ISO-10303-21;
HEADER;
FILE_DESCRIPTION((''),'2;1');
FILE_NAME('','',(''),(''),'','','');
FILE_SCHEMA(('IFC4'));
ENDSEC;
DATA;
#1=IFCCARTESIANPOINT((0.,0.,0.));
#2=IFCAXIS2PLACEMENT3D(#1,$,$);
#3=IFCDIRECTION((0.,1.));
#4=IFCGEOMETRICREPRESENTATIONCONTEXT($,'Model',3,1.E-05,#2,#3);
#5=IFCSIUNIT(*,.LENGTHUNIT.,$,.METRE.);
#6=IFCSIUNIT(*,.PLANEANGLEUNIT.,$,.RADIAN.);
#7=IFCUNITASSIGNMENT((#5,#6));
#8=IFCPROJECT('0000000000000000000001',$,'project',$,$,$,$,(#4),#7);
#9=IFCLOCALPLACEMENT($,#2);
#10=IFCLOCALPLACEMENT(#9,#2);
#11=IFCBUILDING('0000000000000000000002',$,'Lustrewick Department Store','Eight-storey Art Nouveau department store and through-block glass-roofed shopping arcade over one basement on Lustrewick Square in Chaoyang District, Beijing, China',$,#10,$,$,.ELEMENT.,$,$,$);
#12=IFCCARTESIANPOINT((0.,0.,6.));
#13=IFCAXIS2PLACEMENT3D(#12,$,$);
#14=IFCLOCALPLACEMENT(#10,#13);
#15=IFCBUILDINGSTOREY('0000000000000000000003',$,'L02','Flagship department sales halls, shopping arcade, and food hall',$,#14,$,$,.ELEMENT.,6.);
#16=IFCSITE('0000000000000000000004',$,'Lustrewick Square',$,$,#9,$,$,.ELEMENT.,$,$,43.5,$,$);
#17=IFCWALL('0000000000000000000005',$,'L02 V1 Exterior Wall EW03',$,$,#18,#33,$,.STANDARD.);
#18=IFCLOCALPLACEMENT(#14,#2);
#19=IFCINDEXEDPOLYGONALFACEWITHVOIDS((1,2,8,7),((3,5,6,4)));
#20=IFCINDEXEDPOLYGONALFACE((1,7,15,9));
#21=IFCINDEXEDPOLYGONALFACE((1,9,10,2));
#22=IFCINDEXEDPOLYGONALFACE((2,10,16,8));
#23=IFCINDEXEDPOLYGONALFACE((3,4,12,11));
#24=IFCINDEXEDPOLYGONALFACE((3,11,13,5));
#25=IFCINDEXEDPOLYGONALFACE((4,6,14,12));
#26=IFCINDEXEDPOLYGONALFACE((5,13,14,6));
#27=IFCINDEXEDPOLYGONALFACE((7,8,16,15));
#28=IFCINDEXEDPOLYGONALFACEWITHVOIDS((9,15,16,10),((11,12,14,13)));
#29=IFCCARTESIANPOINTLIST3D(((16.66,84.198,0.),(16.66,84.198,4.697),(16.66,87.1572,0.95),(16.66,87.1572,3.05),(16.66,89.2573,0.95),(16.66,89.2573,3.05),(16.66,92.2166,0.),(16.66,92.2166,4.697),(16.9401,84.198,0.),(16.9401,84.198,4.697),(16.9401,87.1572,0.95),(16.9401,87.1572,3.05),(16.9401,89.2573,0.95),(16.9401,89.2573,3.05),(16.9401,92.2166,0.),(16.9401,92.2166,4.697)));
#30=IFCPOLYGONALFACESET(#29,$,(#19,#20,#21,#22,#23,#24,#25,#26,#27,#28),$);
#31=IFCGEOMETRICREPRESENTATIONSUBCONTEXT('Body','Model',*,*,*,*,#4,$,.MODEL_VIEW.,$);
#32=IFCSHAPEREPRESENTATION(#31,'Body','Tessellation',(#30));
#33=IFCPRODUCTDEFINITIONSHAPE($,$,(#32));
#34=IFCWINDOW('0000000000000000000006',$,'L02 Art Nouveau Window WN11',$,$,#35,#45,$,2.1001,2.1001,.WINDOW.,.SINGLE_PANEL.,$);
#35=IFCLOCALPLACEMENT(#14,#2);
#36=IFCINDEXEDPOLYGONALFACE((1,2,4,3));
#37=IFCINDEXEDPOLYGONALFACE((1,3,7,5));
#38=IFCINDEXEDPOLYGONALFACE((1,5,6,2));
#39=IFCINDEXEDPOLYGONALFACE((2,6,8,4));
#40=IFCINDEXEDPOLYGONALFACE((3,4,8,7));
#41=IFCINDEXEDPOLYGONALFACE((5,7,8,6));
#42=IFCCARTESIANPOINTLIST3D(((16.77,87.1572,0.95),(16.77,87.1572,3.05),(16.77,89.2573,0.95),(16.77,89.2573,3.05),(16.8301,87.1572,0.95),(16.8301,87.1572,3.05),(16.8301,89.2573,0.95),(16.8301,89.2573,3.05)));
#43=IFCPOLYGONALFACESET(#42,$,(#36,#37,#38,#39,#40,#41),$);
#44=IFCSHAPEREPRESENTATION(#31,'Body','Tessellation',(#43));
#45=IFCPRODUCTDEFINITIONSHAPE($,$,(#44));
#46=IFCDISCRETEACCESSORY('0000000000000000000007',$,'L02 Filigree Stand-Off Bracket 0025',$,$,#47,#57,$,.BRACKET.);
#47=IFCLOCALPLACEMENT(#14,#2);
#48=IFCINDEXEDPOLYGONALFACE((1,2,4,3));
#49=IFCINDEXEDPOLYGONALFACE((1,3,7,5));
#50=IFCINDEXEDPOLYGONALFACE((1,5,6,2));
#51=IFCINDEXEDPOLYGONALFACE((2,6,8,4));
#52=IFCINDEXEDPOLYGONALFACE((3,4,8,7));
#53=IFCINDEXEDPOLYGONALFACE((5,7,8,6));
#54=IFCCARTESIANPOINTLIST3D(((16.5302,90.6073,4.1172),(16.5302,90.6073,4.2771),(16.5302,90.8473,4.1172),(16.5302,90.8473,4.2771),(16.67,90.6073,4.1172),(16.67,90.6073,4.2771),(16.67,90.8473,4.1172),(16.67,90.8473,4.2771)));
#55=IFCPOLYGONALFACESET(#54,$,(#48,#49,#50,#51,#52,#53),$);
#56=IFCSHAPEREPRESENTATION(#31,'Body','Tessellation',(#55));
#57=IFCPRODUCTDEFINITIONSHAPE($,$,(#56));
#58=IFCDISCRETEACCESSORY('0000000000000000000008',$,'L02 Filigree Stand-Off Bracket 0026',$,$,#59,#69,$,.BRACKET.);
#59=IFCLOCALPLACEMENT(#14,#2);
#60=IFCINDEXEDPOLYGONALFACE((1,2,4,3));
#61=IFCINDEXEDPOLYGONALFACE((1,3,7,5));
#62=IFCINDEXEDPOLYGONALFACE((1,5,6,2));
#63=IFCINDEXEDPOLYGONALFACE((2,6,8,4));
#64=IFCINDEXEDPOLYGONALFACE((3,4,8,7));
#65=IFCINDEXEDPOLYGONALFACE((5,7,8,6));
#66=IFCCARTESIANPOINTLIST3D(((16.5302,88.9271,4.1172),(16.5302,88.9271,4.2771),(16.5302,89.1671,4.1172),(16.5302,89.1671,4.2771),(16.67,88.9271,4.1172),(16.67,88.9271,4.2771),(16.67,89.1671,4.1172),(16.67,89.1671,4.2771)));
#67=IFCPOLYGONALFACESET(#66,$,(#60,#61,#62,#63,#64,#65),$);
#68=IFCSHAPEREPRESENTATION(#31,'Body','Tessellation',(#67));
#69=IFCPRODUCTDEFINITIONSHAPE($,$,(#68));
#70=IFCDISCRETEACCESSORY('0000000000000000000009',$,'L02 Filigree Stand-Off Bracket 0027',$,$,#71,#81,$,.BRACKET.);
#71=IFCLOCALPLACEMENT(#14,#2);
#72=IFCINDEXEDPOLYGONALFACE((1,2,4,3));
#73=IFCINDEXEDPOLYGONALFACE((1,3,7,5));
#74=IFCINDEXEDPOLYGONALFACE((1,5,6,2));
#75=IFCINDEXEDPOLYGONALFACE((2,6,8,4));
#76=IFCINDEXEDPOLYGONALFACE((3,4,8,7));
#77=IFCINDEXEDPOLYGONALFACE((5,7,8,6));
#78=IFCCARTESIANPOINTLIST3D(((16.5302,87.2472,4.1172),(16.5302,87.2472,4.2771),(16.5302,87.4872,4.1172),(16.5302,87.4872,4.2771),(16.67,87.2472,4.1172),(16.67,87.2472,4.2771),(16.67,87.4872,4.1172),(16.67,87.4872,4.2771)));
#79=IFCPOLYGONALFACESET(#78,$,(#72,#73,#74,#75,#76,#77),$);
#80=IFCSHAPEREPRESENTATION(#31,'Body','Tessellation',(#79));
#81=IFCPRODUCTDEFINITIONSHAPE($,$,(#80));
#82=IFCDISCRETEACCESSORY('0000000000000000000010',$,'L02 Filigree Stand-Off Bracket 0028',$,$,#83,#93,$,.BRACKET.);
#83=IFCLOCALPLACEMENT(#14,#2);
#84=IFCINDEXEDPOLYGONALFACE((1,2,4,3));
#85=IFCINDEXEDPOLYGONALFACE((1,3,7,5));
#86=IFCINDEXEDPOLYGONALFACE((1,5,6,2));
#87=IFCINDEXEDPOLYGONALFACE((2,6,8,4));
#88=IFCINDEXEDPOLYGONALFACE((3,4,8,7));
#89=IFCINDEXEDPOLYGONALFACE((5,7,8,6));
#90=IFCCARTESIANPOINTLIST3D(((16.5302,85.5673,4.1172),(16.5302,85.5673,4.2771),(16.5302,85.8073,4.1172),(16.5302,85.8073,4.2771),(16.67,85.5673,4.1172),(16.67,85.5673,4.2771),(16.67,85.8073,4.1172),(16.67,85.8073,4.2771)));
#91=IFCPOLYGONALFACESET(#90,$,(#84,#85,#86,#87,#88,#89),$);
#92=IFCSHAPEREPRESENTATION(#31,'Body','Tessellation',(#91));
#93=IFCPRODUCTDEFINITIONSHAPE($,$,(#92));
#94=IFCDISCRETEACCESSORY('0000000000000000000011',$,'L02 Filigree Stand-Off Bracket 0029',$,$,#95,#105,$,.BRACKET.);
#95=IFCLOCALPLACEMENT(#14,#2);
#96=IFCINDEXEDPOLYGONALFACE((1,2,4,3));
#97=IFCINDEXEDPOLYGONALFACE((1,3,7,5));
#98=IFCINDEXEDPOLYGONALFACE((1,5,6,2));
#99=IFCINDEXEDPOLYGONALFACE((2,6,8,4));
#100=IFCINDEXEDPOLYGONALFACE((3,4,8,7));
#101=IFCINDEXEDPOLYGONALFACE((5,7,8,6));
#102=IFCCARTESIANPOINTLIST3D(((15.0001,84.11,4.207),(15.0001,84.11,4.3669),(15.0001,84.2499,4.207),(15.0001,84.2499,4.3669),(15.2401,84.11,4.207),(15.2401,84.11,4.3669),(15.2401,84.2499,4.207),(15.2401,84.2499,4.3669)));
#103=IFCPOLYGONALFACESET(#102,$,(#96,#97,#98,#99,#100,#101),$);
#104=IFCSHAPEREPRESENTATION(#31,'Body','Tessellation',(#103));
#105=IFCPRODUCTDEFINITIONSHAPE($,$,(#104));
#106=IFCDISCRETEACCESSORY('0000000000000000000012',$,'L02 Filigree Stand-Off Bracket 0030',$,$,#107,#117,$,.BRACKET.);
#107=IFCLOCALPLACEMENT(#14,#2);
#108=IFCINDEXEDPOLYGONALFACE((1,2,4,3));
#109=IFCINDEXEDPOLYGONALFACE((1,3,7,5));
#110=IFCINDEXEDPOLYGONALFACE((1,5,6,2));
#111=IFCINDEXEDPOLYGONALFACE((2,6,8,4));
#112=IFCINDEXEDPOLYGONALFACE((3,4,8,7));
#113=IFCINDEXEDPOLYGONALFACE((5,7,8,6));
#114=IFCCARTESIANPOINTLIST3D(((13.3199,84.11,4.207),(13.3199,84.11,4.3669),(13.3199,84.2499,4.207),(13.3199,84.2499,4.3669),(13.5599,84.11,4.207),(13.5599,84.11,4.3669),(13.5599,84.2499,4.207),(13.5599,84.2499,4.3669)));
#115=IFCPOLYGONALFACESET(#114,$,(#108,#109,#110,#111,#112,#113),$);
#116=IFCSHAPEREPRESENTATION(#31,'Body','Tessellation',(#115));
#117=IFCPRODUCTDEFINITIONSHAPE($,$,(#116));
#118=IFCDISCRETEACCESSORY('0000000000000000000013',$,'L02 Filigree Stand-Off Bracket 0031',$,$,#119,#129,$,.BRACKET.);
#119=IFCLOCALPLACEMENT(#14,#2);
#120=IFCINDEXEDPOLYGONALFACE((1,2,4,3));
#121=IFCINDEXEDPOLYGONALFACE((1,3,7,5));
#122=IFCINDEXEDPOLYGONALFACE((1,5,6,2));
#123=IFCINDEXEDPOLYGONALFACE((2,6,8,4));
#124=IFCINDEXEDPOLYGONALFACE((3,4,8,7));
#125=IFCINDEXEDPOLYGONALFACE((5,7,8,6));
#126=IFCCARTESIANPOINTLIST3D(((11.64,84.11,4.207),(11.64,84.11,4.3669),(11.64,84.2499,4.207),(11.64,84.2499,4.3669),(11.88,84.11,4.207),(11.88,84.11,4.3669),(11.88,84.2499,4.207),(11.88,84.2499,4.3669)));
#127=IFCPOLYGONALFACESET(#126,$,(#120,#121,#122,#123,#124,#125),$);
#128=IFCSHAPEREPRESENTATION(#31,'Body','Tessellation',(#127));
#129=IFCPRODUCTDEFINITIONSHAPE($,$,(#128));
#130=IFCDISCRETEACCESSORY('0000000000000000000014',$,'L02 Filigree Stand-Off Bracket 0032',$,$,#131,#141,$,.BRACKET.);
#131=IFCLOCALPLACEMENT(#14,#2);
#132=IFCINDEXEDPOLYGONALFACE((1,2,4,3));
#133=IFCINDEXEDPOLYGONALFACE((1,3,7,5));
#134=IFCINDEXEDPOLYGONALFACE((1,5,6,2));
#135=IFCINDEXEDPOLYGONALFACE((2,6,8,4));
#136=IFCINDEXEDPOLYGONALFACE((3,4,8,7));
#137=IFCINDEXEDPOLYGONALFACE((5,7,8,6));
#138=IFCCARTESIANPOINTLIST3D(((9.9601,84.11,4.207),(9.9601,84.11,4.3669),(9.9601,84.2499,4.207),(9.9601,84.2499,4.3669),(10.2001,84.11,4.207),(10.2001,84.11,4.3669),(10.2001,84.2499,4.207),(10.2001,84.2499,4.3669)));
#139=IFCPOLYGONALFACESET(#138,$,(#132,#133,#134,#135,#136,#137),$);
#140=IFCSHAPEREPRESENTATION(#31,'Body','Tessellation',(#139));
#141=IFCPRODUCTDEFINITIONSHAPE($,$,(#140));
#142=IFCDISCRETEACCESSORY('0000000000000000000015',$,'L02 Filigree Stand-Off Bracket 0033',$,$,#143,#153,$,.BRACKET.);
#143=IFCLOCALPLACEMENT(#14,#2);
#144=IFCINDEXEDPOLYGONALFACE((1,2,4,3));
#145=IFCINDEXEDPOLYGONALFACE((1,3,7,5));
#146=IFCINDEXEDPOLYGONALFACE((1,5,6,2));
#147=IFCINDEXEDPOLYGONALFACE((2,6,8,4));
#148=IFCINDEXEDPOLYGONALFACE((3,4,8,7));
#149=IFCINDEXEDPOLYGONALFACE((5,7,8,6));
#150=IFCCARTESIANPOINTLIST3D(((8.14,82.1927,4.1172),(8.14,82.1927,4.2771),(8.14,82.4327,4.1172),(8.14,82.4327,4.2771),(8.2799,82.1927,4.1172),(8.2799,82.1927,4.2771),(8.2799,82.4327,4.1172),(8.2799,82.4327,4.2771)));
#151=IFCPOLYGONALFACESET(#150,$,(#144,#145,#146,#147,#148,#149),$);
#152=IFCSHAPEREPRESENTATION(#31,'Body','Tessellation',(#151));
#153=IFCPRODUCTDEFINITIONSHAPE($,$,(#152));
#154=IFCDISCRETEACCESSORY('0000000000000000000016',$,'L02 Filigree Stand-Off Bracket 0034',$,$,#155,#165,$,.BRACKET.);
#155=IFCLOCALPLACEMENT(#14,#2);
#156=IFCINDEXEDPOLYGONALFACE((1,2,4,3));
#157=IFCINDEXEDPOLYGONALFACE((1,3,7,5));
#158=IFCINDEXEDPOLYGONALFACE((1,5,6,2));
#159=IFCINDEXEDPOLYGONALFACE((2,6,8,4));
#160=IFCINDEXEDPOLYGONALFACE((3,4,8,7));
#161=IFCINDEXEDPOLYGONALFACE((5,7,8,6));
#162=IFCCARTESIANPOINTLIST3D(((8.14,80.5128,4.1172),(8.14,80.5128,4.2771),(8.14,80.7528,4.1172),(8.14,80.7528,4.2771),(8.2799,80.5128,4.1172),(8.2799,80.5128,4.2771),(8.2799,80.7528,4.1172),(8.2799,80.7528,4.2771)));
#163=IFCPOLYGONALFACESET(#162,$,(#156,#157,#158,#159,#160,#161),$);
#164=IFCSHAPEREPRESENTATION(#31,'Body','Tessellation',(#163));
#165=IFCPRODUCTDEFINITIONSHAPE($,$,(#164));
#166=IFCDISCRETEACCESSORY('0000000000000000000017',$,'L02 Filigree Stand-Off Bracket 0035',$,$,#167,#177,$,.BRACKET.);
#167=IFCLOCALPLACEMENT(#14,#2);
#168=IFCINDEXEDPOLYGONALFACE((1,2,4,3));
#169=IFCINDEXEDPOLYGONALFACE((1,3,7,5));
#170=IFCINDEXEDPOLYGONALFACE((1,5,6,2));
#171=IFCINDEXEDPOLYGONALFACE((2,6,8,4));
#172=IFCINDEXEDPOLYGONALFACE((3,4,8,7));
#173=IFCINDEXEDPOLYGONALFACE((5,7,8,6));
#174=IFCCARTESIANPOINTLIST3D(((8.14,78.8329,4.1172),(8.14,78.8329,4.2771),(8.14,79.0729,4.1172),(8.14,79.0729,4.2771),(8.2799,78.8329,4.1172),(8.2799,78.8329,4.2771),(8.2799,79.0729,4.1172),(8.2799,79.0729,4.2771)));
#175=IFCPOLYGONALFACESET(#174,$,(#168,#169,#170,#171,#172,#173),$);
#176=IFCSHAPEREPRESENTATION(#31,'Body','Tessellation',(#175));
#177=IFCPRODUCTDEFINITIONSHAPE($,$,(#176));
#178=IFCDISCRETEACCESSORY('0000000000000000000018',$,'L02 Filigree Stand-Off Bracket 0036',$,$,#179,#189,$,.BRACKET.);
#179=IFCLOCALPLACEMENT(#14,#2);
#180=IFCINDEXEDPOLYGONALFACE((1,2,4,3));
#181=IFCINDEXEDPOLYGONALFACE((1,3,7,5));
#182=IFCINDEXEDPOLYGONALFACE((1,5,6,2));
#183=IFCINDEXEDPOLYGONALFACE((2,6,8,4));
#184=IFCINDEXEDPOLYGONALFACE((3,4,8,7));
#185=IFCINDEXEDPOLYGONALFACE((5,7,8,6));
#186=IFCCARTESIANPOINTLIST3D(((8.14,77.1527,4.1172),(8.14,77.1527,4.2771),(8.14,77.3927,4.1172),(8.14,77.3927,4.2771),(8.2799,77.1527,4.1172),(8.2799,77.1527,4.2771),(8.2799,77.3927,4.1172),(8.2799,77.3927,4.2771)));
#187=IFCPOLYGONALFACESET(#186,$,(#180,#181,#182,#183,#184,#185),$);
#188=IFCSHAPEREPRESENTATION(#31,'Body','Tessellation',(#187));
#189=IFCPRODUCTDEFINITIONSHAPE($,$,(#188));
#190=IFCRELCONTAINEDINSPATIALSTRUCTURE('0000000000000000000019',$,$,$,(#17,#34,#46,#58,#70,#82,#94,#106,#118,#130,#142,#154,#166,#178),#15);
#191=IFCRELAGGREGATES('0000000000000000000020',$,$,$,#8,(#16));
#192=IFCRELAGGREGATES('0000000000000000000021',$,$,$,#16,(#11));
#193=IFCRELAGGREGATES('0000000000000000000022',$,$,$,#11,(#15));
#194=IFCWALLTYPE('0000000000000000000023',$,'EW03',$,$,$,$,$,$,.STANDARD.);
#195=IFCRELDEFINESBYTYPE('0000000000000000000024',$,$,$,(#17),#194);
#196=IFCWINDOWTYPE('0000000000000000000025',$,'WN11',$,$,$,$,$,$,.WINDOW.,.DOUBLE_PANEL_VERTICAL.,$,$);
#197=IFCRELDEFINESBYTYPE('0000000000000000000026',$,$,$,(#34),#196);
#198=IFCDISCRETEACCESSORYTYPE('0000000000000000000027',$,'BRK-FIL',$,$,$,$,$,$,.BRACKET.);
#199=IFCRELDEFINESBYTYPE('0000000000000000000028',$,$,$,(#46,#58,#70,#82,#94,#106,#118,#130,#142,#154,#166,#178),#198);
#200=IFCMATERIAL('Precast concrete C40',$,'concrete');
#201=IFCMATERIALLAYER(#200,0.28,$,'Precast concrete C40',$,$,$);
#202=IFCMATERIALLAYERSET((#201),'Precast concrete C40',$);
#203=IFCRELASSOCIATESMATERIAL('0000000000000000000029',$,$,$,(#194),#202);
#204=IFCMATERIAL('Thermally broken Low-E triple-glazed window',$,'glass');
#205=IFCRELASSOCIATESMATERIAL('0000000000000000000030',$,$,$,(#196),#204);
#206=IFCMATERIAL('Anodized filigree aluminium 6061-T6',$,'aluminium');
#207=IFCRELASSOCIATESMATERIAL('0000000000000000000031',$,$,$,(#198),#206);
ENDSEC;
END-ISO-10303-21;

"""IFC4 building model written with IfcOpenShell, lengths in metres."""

from ifc_helpers import new_model, si_unit, direction, frame, frame_2d, origin, origin_2d, place, context, subcontext, project, spatial, rectangle, extrude, material, layer, layer_set, type_object, element, fill, save


model = new_model("IFC4")

# Units and contexts
model_context = context("Model", 3, precision=1e-05, world=origin(), true_north=direction((0.0, 1.0)))
body_context = subcontext(model_context, "Body", "Model", "MODEL_VIEW")
ifc_project = project(units=[si_unit("LENGTHUNIT", "METRE"), si_unit("PLANEANGLEUNIT", "RADIAN")], contexts=[model_context])

# Site, building, storey
site_placement = place(None, origin())
site = spatial("IfcSite", under=ifc_project, at=site_placement, Name="Lustrewick Square", CompositionType="ELEMENT", RefElevation=43.5)
building_placement = place(site_placement, origin())
building = spatial("IfcBuilding", under=site, at=building_placement, Name="Lustrewick Department Store", Description="Eight-storey Art Nouveau department store and through-block glass-roofed shopping arcade over one basement on Lustrewick Square in Chaoyang District, Beijing, China", CompositionType="ELEMENT")
storey_placement = place(building_placement, frame((0.0, 0.0, 6.0)))
storey = spatial("IfcBuildingStorey", under=building, at=storey_placement, Name="L02", Description="Flagship department sales halls, shopping arcade, and food hall", CompositionType="ELEMENT", Elevation=6.0)

# Wall, opening, window
ifc_material_1 = material(Name="Precast concrete C40", Category="concrete")
ifc_material_2 = material(Name="Thermally broken Low-E triple-glazed window", Category="glass")
ifc_layer_1 = layer(ifc_material_1, 0.28, Name="Precast concrete C40")
ifc_layer_set_1 = layer_set([ifc_layer_1], Name="Precast concrete C40")
wall_type_1 = type_object("IfcWallType", Name="EW03", PredefinedType="STANDARD", material=ifc_layer_set_1)
wall_1_placement = place(storey_placement, frame((16.8, 92.2166, 0.0), z_axis=(0.0, 0.0, 1.0), x_axis=(0.0, -1.0, 0.0)))
wall_1 = element("IfcWall", 1, at=wall_1_placement, inside=storey, type_object=wall_type_1, Name="L02 V1 Exterior Wall EW03", PredefinedType="STANDARD", context=body_context, shape_type="SweptSolid", body=[
    extrude(rectangle(XDim=8.0186, YDim=0.28, at=frame_2d((4.0093, 0.0))), origin(), (0.0, 0.0, 1.0), 4.697),
])
opening_1_placement = place(wall_1_placement, frame((2.9592, 0.0, 0.95)))
opening_1 = element("IfcOpeningElement", 2, at=opening_1_placement, cuts=wall_1, PredefinedType="OPENING", context=body_context, shape_type="SweptSolid", body=[
    extrude(rectangle(XDim=2.1001, YDim=2.1001, at=frame_2d((1.05, 1.05))), frame((0.0, 0.1499, 0.0), z_axis=(0.0, -1.0, 0.0), x_axis=(1.0, 0.0, 0.0)), (0.0, 0.0, 1.0), 0.3),
])
window_type_1 = type_object("IfcWindowType", Name="WN11", PartitioningType="DOUBLE_PANEL_VERTICAL", PredefinedType="WINDOW", material=ifc_material_2)
window_1_placement = place(opening_1_placement, origin())
window_1 = element("IfcWindow", 3, at=window_1_placement, inside=storey, type_object=window_type_1, Name="L02 Art Nouveau Window WN11", OverallHeight=2.1001, OverallWidth=2.1001, PartitioningType="SINGLE_PANEL", PredefinedType="WINDOW", context=body_context, shape_type="SweptSolid", body=[
    extrude(rectangle(XDim=2.1001, YDim=2.1001, at=frame_2d((1.05, 1.05))), frame((0.0, 0.03, 0.0), z_axis=(0.0, -1.0, 0.0), x_axis=(1.0, 0.0, 0.0)), (0.0, 0.0, 1.0), 0.0601),
])
fill(opening_1, window_1)

# Discrete accessories
ifc_material_3 = material(Name="Anodized filigree aluminium 6061-T6", Category="aluminium")
discrete_accessory_type = type_object("IfcDiscreteAccessoryType", Name="BRK-FIL", PredefinedType="BRACKET", material=ifc_material_3)
for number, where, z_axis, x_axis, name in (
    (4, (16.6001, 90.7273, 4.1172), (0.0, 0.0, 1.0), (0.0, -1.0, 0.0), "L02 Filigree Stand-Off Bracket 0025"),
    (5, (16.6001, 89.0471, 4.1172), (0.0, 0.0, 1.0), (0.0, -1.0, 0.0), "L02 Filigree Stand-Off Bracket 0026"),
    (6, (16.6001, 87.3672, 4.1172), (0.0, 0.0, 1.0), (0.0, -1.0, 0.0), "L02 Filigree Stand-Off Bracket 0027"),
    (7, (16.6001, 85.6873, 4.1172), (0.0, 0.0, 1.0), (0.0, -1.0, 0.0), "L02 Filigree Stand-Off Bracket 0028"),
    (8, (15.1201, 84.1799, 4.207), (0.0, 0.0, 1.0), (-1.0, 0.0, 0.0), "L02 Filigree Stand-Off Bracket 0029"),
    (9, (13.4399, 84.1799, 4.207), (0.0, 0.0, 1.0), (-1.0, 0.0, 0.0), "L02 Filigree Stand-Off Bracket 0030"),
    (10, (11.76, 84.1799, 4.207), (0.0, 0.0, 1.0), (-1.0, 0.0, 0.0), "L02 Filigree Stand-Off Bracket 0031"),
    (11, (10.0801, 84.1799, 4.207), (0.0, 0.0, 1.0), (-1.0, 0.0, 0.0), "L02 Filigree Stand-Off Bracket 0032"),
    (12, (8.21, 82.3127, 4.1172), (0.0, 0.0, 1.0), (0.0, -1.0, 0.0), "L02 Filigree Stand-Off Bracket 0033"),
    (13, (8.21, 80.6328, 4.1172), (0.0, 0.0, 1.0), (0.0, -1.0, 0.0), "L02 Filigree Stand-Off Bracket 0034"),
    (14, (8.21, 78.9529, 4.1172), (0.0, 0.0, 1.0), (0.0, -1.0, 0.0), "L02 Filigree Stand-Off Bracket 0035"),
    (15, (8.21, 77.2727, 4.1172), (0.0, 0.0, 1.0), (0.0, -1.0, 0.0), "L02 Filigree Stand-Off Bracket 0036"),
):
    element("IfcDiscreteAccessory", number, at=place(storey_placement, frame(where, z_axis=z_axis, x_axis=x_axis)), inside=storey, type_object=discrete_accessory_type, Name=name, PredefinedType="BRACKET", context=body_context, shape_type="SweptSolid", body=[
        extrude(rectangle(XDim=0.24, YDim=0.1399, at=origin_2d()), origin(), (0.0, 0.0, 1.0), 0.1599),
    ])

save(model, "model.ifc")
